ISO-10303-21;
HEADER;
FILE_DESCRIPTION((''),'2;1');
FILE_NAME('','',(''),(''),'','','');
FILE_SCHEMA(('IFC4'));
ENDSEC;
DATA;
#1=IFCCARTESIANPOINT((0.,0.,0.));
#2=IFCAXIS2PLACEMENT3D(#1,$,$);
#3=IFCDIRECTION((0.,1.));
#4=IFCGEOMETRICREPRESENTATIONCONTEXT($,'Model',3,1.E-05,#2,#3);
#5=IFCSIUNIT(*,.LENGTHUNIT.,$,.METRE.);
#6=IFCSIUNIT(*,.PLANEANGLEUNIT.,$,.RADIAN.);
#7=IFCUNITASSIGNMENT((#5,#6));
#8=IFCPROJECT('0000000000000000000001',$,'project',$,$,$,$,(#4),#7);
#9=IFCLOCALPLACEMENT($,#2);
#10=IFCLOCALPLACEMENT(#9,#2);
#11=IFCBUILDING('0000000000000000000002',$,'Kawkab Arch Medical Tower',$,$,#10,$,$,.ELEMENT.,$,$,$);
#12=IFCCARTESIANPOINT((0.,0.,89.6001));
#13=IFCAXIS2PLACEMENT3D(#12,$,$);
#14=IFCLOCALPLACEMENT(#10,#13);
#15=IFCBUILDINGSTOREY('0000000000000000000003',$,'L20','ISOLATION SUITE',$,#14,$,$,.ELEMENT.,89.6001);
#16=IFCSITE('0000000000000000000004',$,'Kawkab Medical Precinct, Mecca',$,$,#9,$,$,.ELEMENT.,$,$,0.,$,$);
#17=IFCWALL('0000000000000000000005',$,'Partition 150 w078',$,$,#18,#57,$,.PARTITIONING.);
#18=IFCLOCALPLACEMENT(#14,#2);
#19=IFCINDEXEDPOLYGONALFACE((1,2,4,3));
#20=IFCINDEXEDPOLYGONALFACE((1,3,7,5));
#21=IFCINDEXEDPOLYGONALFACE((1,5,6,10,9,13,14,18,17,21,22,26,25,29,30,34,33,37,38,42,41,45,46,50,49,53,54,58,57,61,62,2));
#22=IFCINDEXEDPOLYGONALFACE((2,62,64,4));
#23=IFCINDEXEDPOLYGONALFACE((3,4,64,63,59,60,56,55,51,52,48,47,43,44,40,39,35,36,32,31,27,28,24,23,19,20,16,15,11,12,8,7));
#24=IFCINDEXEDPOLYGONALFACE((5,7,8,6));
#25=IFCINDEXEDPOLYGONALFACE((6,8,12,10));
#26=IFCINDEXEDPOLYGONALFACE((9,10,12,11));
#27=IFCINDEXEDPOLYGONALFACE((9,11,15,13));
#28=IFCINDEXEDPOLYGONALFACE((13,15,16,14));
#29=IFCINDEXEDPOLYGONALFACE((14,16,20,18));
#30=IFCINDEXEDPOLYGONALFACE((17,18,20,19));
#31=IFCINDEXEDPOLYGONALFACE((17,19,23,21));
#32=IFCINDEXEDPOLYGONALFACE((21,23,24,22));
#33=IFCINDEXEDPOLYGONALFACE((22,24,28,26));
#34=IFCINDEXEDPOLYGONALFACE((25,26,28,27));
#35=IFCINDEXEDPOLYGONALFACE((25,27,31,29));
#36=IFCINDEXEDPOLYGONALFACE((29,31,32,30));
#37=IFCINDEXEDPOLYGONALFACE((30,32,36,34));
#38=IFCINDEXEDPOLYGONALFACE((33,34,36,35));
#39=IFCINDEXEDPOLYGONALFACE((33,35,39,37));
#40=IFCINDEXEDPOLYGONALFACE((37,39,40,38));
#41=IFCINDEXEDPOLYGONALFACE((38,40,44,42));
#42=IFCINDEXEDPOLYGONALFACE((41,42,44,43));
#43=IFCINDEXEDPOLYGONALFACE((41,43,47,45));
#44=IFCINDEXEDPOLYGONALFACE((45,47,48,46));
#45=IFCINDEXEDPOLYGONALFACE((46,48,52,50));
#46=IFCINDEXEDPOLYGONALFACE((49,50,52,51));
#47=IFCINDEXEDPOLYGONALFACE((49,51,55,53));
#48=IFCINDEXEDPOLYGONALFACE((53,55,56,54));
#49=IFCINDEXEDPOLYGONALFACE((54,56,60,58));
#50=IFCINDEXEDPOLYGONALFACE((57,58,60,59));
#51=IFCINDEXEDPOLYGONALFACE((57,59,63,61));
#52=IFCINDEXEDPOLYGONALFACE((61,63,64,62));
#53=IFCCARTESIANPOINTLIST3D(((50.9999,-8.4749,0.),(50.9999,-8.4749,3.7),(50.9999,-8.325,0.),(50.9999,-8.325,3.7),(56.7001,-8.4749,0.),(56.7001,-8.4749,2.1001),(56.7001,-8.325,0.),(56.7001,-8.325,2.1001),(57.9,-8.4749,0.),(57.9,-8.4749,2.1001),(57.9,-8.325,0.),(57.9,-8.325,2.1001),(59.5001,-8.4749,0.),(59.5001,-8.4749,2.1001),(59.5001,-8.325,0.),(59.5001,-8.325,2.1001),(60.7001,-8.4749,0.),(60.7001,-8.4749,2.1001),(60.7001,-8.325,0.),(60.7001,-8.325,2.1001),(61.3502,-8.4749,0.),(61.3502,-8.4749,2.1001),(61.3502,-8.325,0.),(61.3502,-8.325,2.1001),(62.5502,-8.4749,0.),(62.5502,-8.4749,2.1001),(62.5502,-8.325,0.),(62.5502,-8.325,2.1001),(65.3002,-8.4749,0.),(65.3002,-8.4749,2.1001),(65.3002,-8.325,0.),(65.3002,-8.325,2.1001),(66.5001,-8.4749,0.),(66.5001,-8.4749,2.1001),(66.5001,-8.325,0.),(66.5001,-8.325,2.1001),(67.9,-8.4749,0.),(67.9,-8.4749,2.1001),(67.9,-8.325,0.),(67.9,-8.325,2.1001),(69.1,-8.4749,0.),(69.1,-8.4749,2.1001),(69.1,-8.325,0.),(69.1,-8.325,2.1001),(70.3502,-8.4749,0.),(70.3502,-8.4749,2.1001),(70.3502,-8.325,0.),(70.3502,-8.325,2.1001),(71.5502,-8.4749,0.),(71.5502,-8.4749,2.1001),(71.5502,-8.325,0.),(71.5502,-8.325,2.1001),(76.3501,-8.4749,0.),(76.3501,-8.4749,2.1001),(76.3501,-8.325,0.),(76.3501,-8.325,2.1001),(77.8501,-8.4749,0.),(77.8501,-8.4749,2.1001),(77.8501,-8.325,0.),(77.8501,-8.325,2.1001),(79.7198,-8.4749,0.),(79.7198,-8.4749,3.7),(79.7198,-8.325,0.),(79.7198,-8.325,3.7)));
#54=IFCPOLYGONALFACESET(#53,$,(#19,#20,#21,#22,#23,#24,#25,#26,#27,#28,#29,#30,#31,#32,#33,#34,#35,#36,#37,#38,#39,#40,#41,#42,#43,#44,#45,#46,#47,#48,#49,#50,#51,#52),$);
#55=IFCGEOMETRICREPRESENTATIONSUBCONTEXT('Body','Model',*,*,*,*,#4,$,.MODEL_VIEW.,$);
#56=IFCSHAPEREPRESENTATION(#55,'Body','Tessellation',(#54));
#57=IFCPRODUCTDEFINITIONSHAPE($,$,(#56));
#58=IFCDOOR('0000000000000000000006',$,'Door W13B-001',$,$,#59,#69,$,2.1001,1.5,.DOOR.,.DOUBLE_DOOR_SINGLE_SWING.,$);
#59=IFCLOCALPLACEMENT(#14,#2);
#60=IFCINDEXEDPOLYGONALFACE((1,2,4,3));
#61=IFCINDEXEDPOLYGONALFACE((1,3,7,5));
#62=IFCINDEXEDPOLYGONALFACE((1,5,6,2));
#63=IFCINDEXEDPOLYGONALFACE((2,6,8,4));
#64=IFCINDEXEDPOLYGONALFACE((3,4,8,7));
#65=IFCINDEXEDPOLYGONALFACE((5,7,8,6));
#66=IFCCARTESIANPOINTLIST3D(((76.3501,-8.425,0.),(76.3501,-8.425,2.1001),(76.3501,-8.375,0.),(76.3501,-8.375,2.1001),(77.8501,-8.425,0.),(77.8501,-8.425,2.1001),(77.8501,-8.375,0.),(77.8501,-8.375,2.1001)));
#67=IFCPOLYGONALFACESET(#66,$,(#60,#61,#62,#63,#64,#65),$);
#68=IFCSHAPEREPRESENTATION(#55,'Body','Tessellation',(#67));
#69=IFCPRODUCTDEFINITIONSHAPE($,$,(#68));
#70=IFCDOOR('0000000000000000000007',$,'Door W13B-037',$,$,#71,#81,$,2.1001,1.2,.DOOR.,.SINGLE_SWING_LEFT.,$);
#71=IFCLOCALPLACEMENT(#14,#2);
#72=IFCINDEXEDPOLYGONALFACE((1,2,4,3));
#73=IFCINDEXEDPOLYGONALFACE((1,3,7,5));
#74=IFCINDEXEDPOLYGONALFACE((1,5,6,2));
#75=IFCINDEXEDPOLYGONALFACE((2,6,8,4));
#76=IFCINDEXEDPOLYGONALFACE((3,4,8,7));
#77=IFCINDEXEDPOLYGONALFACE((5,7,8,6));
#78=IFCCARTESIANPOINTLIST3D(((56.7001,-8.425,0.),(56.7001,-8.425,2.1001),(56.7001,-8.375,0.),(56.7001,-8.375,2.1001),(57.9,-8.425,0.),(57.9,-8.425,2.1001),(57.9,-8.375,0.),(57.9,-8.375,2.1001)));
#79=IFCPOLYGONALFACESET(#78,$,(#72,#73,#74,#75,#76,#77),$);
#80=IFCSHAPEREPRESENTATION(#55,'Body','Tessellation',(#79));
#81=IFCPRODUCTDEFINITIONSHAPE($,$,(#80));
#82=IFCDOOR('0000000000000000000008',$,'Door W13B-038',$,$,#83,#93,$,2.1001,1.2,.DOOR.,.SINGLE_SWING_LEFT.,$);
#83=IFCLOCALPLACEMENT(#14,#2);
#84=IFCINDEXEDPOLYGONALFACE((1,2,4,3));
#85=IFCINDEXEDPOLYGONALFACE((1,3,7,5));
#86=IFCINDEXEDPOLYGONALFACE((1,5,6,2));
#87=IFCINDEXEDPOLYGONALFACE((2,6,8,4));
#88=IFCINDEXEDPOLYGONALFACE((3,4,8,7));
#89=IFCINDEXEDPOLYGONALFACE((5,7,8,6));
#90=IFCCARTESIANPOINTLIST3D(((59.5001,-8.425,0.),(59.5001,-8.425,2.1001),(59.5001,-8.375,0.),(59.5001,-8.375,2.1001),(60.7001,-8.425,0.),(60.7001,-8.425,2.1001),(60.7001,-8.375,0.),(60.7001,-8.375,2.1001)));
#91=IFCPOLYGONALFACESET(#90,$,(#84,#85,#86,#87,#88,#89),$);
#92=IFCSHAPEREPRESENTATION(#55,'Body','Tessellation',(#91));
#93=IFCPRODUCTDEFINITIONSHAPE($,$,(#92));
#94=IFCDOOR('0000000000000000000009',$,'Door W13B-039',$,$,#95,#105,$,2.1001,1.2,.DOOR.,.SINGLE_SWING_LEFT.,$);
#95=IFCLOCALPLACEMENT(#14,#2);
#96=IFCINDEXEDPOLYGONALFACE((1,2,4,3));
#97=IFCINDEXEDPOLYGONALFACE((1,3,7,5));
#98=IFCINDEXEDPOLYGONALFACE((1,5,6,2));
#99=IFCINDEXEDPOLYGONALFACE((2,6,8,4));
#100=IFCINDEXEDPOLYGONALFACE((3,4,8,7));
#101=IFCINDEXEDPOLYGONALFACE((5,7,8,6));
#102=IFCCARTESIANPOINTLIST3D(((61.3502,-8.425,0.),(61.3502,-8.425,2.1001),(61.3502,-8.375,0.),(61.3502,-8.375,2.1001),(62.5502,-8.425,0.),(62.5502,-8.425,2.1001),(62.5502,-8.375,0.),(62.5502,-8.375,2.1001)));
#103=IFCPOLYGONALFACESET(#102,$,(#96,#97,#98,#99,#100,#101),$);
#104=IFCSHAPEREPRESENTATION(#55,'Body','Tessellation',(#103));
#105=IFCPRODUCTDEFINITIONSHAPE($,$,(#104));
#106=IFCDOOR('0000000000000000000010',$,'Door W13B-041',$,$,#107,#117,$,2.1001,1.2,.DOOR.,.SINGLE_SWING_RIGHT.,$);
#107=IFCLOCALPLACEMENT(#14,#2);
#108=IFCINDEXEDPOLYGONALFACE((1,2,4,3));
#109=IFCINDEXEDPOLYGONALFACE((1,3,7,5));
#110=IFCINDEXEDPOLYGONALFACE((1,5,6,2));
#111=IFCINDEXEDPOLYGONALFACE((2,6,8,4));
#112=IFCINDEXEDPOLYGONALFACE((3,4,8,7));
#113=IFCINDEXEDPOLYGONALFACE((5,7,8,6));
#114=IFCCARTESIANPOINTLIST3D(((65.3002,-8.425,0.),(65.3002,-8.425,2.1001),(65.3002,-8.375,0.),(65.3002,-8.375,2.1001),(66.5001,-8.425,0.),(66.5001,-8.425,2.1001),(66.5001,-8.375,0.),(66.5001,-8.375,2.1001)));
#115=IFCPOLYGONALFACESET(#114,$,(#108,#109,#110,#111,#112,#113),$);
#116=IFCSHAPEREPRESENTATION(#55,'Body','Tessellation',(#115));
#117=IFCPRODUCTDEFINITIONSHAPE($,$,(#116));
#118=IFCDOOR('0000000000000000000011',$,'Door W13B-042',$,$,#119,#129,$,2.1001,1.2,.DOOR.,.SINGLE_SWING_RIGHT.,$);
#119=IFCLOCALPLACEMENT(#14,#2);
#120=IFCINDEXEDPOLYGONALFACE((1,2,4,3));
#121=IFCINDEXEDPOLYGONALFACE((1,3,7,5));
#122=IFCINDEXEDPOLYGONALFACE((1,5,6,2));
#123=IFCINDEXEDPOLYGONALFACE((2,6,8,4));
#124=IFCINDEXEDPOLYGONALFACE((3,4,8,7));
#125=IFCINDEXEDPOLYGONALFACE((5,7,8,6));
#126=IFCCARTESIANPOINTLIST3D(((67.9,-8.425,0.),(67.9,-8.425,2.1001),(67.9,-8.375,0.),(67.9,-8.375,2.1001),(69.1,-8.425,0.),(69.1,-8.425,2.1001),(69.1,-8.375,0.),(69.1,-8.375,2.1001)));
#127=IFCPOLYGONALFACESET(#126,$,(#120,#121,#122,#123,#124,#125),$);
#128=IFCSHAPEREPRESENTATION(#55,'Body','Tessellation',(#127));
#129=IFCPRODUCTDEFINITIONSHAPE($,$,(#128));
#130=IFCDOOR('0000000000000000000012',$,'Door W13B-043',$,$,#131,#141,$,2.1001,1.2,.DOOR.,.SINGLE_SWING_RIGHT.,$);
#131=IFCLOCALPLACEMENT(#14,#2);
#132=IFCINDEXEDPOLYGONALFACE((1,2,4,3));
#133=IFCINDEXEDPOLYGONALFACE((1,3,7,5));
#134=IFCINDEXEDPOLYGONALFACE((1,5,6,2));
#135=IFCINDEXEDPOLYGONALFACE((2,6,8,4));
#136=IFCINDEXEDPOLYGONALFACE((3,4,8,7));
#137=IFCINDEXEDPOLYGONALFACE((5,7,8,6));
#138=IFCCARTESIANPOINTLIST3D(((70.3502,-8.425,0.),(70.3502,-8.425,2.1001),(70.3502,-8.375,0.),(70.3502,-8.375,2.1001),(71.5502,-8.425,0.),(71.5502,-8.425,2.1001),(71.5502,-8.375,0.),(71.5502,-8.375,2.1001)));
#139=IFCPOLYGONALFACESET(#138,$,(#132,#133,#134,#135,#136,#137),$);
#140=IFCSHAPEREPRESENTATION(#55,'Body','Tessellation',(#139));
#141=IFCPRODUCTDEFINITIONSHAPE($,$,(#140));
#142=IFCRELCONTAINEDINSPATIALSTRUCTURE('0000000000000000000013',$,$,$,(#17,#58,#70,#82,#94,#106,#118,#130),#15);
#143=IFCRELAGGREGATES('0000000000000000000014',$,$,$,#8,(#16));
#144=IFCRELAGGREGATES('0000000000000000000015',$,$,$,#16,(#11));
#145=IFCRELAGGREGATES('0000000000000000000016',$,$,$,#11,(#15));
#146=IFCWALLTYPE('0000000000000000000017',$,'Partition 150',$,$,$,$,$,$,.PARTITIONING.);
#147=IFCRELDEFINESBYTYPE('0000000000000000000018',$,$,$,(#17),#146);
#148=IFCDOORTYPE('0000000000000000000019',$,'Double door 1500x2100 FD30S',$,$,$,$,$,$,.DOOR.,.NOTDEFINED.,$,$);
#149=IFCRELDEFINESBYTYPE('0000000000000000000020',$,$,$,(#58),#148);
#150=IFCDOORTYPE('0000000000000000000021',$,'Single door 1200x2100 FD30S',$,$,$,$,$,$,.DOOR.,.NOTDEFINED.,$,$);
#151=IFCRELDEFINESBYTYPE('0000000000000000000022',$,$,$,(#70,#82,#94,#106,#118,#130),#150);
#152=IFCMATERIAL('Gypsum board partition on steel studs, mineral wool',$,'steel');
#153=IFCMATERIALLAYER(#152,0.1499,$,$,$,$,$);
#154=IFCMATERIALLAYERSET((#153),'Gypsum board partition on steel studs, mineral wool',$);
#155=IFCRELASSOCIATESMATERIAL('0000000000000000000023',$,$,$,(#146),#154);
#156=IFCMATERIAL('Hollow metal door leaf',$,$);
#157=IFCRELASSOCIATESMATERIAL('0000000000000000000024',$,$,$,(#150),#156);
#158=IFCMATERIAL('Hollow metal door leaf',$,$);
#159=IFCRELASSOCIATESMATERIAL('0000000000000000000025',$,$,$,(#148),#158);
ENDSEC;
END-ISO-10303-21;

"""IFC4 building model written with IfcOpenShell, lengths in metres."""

from ifc_helpers import new_model, si_unit, direction, frame, frame_2d, origin, place, context, subcontext, project, spatial, rectangle, extrude, material, layer, layer_set, type_object, element, fill, save


model = new_model("IFC4")

# Units and contexts
model_context = context("Model", 3, precision=1e-05, world=origin(), true_north=direction((0.0, 1.0)))
body_context = subcontext(model_context, "Body", "Model", "MODEL_VIEW")
ifc_project = project(units=[si_unit("LENGTHUNIT", "METRE"), si_unit("PLANEANGLEUNIT", "RADIAN")], contexts=[model_context])

# Site, building, storey
site_placement = place(None, origin())
site = spatial("IfcSite", under=ifc_project, at=site_placement, Name="Kawkab Medical Precinct, Mecca", CompositionType="ELEMENT", RefElevation=0.0)
building_placement = place(site_placement, origin())
building = spatial("IfcBuilding", under=site, at=building_placement, Name="Kawkab Arch Medical Tower", CompositionType="ELEMENT")
storey_placement = place(building_placement, frame((0.0, 0.0, 89.6001)))
storey = spatial("IfcBuildingStorey", under=building, at=storey_placement, Name="L20", Description="ISOLATION SUITE", CompositionType="ELEMENT", Elevation=89.6001)

# Wall, openings, doors
ifc_material_1 = material(Name="Gypsum board partition on steel studs, mineral wool", Category="steel")
ifc_layer_1 = layer(ifc_material_1, 0.1499)
ifc_layer_set_1 = layer_set([ifc_layer_1], Name="Gypsum board partition on steel studs, mineral wool")
wall_type_1 = type_object("IfcWallType", Name="Partition 150", PredefinedType="PARTITIONING", material=ifc_layer_set_1)
ifc_material_2 = material(Name="Hollow metal door leaf")
door_type_1 = type_object("IfcDoorType", Name="Single door 1200x2100 FD30S", OperationType="NOTDEFINED", PredefinedType="DOOR", material=ifc_material_2)
wall_1_placement = place(storey_placement, frame((51.0, -8.3999, 0.0), z_axis=(0.0, 0.0, 1.0), x_axis=(1.0, 0.0, 0.0)))
wall_1 = element("IfcWall", 1, at=wall_1_placement, inside=storey, type_object=wall_type_1, Name="Partition 150 w078", PredefinedType="PARTITIONING", context=body_context, shape_type="SweptSolid", body=[
    extrude(rectangle(XDim=28.72, YDim=0.1499, at=frame_2d((14.3599, 0.0))), origin(), (0.0, 0.0, 1.0), 3.7),
])
opening_1_placement = place(wall_1_placement, frame((5.7, 0.0, 0.0)))
opening_1 = element("IfcOpeningElement", 2, at=opening_1_placement, cuts=wall_1, PredefinedType="OPENING", context=body_context, shape_type="SweptSolid", body=[
    extrude(rectangle(XDim=1.2, YDim=2.1001, at=frame_2d((0.6001, 1.05))), frame((0.0, 0.085, 0.0), z_axis=(0.0, -1.0, 0.0), x_axis=(1.0, 0.0, 0.0)), (0.0, 0.0, 1.0), 0.1699),
])
opening_2_placement = place(wall_1_placement, frame((8.5, 0.0, 0.0)))
opening_2 = element("IfcOpeningElement", 3, at=opening_2_placement, cuts=wall_1, PredefinedType="OPENING", context=body_context, shape_type="SweptSolid", body=[
    extrude(rectangle(XDim=1.2, YDim=2.1001, at=frame_2d((0.6001, 1.05))), frame((0.0, 0.085, 0.0), z_axis=(0.0, -1.0, 0.0), x_axis=(1.0, 0.0, 0.0)), (0.0, 0.0, 1.0), 0.1699),
])
opening_3_placement = place(wall_1_placement, frame((10.3501, 0.0, 0.0)))
opening_3 = element("IfcOpeningElement", 4, at=opening_3_placement, cuts=wall_1, PredefinedType="OPENING", context=body_context, shape_type="SweptSolid", body=[
    extrude(rectangle(XDim=1.2, YDim=2.1001, at=frame_2d((0.6001, 1.05))), frame((0.0, 0.085, 0.0), z_axis=(0.0, -1.0, 0.0), x_axis=(1.0, 0.0, 0.0)), (0.0, 0.0, 1.0), 0.1699),
])
opening_4_placement = place(wall_1_placement, frame((14.3, 0.0, 0.0)))
opening_4 = element("IfcOpeningElement", 5, at=opening_4_placement, cuts=wall_1, PredefinedType="OPENING", context=body_context, shape_type="SweptSolid", body=[
    extrude(rectangle(XDim=1.2, YDim=2.1001, at=frame_2d((0.6001, 1.05))), frame((0.0, 0.085, 0.0), z_axis=(0.0, -1.0, 0.0), x_axis=(1.0, 0.0, 0.0)), (0.0, 0.0, 1.0), 0.1699),
])
opening_5_placement = place(wall_1_placement, frame((16.8999, 0.0, 0.0)))
opening_5 = element("IfcOpeningElement", 6, at=opening_5_placement, cuts=wall_1, PredefinedType="OPENING", context=body_context, shape_type="SweptSolid", body=[
    extrude(rectangle(XDim=1.2, YDim=2.1001, at=frame_2d((0.6001, 1.05))), frame((0.0, 0.085, 0.0), z_axis=(0.0, -1.0, 0.0), x_axis=(1.0, 0.0, 0.0)), (0.0, 0.0, 1.0), 0.1699),
])
opening_6_placement = place(wall_1_placement, frame((19.3501, 0.0, 0.0)))
opening_6 = element("IfcOpeningElement", 7, at=opening_6_placement, cuts=wall_1, PredefinedType="OPENING", context=body_context, shape_type="SweptSolid", body=[
    extrude(rectangle(XDim=1.2, YDim=2.1001, at=frame_2d((0.6001, 1.05))), frame((0.0, 0.085, 0.0), z_axis=(0.0, -1.0, 0.0), x_axis=(1.0, 0.0, 0.0)), (0.0, 0.0, 1.0), 0.1699),
])
opening_7_placement = place(wall_1_placement, frame((25.3501, 0.0, 0.0)))
opening_7 = element("IfcOpeningElement", 8, at=opening_7_placement, cuts=wall_1, PredefinedType="OPENING", context=body_context, shape_type="SweptSolid", body=[
    extrude(rectangle(XDim=1.5, YDim=2.1001, at=frame_2d((0.75, 1.05))), frame((0.0, 0.085, 0.0), z_axis=(0.0, -1.0, 0.0), x_axis=(1.0, 0.0, 0.0)), (0.0, 0.0, 1.0), 0.1699),
])
ifc_material_3 = material(Name="Hollow metal door leaf")
door_type_2 = type_object("IfcDoorType", Name="Double door 1500x2100 FD30S", OperationType="NOTDEFINED", PredefinedType="DOOR", material=ifc_material_3)
door_1_placement = place(opening_7_placement, origin())
door_1 = element("IfcDoor", 9, at=door_1_placement, inside=storey, type_object=door_type_2, Name="Door W13B-001", OperationType="DOUBLE_DOOR_SINGLE_SWING", OverallHeight=2.1001, OverallWidth=1.5, PredefinedType="DOOR", context=body_context, shape_type="SweptSolid", body=[
    extrude(rectangle(XDim=1.5, YDim=2.1001, at=frame_2d((0.75, 1.05))), frame((0.0, 0.0249, 0.0), z_axis=(0.0, -1.0, 0.0), x_axis=(1.0, 0.0, 0.0)), (0.0, 0.0, 1.0), 0.05),
])
fill(opening_7, door_1)
door_2_placement = place(opening_1_placement, origin())
door_2 = element("IfcDoor", 10, at=door_2_placement, inside=storey, type_object=door_type_1, Name="Door W13B-037", OperationType="SINGLE_SWING_LEFT", OverallHeight=2.1001, OverallWidth=1.2, PredefinedType="DOOR", context=body_context, shape_type="SweptSolid", body=[
    extrude(rectangle(XDim=1.2, YDim=2.1001, at=frame_2d((0.6001, 1.05))), frame((0.0, 0.0249, 0.0), z_axis=(0.0, -1.0, 0.0), x_axis=(1.0, 0.0, 0.0)), (0.0, 0.0, 1.0), 0.05),
])
fill(opening_1, door_2)
door_3_placement = place(opening_2_placement, origin())
door_3 = element("IfcDoor", 11, at=door_3_placement, inside=storey, type_object=door_type_1, Name="Door W13B-038", OperationType="SINGLE_SWING_LEFT", OverallHeight=2.1001, OverallWidth=1.2, PredefinedType="DOOR", context=body_context, shape_type="SweptSolid", body=[
    extrude(rectangle(XDim=1.2, YDim=2.1001, at=frame_2d((0.6001, 1.05))), frame((0.0, 0.0249, 0.0), z_axis=(0.0, -1.0, 0.0), x_axis=(1.0, 0.0, 0.0)), (0.0, 0.0, 1.0), 0.05),
])
fill(opening_2, door_3)
door_4_placement = place(opening_3_placement, origin())
door_4 = element("IfcDoor", 12, at=door_4_placement, inside=storey, type_object=door_type_1, Name="Door W13B-039", OperationType="SINGLE_SWING_LEFT", OverallHeight=2.1001, OverallWidth=1.2, PredefinedType="DOOR", context=body_context, shape_type="SweptSolid", body=[
    extrude(rectangle(XDim=1.2, YDim=2.1001, at=frame_2d((0.6001, 1.05))), frame((0.0, 0.0249, 0.0), z_axis=(0.0, -1.0, 0.0), x_axis=(1.0, 0.0, 0.0)), (0.0, 0.0, 1.0), 0.05),
])
fill(opening_3, door_4)
door_5_placement = place(opening_4_placement, origin())
door_5 = element("IfcDoor", 13, at=door_5_placement, inside=storey, type_object=door_type_1, Name="Door W13B-041", OperationType="SINGLE_SWING_RIGHT", OverallHeight=2.1001, OverallWidth=1.2, PredefinedType="DOOR", context=body_context, shape_type="SweptSolid", body=[
    extrude(rectangle(XDim=1.2, YDim=2.1001, at=frame_2d((0.6001, 1.05))), frame((0.0, 0.0249, 0.0), z_axis=(0.0, -1.0, 0.0), x_axis=(1.0, 0.0, 0.0)), (0.0, 0.0, 1.0), 0.05),
])
fill(opening_4, door_5)
door_6_placement = place(opening_5_placement, origin())
door_6 = element("IfcDoor", 14, at=door_6_placement, inside=storey, type_object=door_type_1, Name="Door W13B-042", OperationType="SINGLE_SWING_RIGHT", OverallHeight=2.1001, OverallWidth=1.2, PredefinedType="DOOR", context=body_context, shape_type="SweptSolid", body=[
    extrude(rectangle(XDim=1.2, YDim=2.1001, at=frame_2d((0.6001, 1.05))), frame((0.0, 0.0249, 0.0), z_axis=(0.0, -1.0, 0.0), x_axis=(1.0, 0.0, 0.0)), (0.0, 0.0, 1.0), 0.05),
])
fill(opening_5, door_6)
door_7_placement = place(opening_6_placement, origin())
door_7 = element("IfcDoor", 15, at=door_7_placement, inside=storey, type_object=door_type_1, Name="Door W13B-043", OperationType="SINGLE_SWING_RIGHT", OverallHeight=2.1001, OverallWidth=1.2, PredefinedType="DOOR", context=body_context, shape_type="SweptSolid", body=[
    extrude(rectangle(XDim=1.2, YDim=2.1001, at=frame_2d((0.6001, 1.05))), frame((0.0, 0.0249, 0.0), z_axis=(0.0, -1.0, 0.0), x_axis=(1.0, 0.0, 0.0)), (0.0, 0.0, 1.0), 0.05),
])
fill(opening_6, door_7)

save(model, "model.ifc")
